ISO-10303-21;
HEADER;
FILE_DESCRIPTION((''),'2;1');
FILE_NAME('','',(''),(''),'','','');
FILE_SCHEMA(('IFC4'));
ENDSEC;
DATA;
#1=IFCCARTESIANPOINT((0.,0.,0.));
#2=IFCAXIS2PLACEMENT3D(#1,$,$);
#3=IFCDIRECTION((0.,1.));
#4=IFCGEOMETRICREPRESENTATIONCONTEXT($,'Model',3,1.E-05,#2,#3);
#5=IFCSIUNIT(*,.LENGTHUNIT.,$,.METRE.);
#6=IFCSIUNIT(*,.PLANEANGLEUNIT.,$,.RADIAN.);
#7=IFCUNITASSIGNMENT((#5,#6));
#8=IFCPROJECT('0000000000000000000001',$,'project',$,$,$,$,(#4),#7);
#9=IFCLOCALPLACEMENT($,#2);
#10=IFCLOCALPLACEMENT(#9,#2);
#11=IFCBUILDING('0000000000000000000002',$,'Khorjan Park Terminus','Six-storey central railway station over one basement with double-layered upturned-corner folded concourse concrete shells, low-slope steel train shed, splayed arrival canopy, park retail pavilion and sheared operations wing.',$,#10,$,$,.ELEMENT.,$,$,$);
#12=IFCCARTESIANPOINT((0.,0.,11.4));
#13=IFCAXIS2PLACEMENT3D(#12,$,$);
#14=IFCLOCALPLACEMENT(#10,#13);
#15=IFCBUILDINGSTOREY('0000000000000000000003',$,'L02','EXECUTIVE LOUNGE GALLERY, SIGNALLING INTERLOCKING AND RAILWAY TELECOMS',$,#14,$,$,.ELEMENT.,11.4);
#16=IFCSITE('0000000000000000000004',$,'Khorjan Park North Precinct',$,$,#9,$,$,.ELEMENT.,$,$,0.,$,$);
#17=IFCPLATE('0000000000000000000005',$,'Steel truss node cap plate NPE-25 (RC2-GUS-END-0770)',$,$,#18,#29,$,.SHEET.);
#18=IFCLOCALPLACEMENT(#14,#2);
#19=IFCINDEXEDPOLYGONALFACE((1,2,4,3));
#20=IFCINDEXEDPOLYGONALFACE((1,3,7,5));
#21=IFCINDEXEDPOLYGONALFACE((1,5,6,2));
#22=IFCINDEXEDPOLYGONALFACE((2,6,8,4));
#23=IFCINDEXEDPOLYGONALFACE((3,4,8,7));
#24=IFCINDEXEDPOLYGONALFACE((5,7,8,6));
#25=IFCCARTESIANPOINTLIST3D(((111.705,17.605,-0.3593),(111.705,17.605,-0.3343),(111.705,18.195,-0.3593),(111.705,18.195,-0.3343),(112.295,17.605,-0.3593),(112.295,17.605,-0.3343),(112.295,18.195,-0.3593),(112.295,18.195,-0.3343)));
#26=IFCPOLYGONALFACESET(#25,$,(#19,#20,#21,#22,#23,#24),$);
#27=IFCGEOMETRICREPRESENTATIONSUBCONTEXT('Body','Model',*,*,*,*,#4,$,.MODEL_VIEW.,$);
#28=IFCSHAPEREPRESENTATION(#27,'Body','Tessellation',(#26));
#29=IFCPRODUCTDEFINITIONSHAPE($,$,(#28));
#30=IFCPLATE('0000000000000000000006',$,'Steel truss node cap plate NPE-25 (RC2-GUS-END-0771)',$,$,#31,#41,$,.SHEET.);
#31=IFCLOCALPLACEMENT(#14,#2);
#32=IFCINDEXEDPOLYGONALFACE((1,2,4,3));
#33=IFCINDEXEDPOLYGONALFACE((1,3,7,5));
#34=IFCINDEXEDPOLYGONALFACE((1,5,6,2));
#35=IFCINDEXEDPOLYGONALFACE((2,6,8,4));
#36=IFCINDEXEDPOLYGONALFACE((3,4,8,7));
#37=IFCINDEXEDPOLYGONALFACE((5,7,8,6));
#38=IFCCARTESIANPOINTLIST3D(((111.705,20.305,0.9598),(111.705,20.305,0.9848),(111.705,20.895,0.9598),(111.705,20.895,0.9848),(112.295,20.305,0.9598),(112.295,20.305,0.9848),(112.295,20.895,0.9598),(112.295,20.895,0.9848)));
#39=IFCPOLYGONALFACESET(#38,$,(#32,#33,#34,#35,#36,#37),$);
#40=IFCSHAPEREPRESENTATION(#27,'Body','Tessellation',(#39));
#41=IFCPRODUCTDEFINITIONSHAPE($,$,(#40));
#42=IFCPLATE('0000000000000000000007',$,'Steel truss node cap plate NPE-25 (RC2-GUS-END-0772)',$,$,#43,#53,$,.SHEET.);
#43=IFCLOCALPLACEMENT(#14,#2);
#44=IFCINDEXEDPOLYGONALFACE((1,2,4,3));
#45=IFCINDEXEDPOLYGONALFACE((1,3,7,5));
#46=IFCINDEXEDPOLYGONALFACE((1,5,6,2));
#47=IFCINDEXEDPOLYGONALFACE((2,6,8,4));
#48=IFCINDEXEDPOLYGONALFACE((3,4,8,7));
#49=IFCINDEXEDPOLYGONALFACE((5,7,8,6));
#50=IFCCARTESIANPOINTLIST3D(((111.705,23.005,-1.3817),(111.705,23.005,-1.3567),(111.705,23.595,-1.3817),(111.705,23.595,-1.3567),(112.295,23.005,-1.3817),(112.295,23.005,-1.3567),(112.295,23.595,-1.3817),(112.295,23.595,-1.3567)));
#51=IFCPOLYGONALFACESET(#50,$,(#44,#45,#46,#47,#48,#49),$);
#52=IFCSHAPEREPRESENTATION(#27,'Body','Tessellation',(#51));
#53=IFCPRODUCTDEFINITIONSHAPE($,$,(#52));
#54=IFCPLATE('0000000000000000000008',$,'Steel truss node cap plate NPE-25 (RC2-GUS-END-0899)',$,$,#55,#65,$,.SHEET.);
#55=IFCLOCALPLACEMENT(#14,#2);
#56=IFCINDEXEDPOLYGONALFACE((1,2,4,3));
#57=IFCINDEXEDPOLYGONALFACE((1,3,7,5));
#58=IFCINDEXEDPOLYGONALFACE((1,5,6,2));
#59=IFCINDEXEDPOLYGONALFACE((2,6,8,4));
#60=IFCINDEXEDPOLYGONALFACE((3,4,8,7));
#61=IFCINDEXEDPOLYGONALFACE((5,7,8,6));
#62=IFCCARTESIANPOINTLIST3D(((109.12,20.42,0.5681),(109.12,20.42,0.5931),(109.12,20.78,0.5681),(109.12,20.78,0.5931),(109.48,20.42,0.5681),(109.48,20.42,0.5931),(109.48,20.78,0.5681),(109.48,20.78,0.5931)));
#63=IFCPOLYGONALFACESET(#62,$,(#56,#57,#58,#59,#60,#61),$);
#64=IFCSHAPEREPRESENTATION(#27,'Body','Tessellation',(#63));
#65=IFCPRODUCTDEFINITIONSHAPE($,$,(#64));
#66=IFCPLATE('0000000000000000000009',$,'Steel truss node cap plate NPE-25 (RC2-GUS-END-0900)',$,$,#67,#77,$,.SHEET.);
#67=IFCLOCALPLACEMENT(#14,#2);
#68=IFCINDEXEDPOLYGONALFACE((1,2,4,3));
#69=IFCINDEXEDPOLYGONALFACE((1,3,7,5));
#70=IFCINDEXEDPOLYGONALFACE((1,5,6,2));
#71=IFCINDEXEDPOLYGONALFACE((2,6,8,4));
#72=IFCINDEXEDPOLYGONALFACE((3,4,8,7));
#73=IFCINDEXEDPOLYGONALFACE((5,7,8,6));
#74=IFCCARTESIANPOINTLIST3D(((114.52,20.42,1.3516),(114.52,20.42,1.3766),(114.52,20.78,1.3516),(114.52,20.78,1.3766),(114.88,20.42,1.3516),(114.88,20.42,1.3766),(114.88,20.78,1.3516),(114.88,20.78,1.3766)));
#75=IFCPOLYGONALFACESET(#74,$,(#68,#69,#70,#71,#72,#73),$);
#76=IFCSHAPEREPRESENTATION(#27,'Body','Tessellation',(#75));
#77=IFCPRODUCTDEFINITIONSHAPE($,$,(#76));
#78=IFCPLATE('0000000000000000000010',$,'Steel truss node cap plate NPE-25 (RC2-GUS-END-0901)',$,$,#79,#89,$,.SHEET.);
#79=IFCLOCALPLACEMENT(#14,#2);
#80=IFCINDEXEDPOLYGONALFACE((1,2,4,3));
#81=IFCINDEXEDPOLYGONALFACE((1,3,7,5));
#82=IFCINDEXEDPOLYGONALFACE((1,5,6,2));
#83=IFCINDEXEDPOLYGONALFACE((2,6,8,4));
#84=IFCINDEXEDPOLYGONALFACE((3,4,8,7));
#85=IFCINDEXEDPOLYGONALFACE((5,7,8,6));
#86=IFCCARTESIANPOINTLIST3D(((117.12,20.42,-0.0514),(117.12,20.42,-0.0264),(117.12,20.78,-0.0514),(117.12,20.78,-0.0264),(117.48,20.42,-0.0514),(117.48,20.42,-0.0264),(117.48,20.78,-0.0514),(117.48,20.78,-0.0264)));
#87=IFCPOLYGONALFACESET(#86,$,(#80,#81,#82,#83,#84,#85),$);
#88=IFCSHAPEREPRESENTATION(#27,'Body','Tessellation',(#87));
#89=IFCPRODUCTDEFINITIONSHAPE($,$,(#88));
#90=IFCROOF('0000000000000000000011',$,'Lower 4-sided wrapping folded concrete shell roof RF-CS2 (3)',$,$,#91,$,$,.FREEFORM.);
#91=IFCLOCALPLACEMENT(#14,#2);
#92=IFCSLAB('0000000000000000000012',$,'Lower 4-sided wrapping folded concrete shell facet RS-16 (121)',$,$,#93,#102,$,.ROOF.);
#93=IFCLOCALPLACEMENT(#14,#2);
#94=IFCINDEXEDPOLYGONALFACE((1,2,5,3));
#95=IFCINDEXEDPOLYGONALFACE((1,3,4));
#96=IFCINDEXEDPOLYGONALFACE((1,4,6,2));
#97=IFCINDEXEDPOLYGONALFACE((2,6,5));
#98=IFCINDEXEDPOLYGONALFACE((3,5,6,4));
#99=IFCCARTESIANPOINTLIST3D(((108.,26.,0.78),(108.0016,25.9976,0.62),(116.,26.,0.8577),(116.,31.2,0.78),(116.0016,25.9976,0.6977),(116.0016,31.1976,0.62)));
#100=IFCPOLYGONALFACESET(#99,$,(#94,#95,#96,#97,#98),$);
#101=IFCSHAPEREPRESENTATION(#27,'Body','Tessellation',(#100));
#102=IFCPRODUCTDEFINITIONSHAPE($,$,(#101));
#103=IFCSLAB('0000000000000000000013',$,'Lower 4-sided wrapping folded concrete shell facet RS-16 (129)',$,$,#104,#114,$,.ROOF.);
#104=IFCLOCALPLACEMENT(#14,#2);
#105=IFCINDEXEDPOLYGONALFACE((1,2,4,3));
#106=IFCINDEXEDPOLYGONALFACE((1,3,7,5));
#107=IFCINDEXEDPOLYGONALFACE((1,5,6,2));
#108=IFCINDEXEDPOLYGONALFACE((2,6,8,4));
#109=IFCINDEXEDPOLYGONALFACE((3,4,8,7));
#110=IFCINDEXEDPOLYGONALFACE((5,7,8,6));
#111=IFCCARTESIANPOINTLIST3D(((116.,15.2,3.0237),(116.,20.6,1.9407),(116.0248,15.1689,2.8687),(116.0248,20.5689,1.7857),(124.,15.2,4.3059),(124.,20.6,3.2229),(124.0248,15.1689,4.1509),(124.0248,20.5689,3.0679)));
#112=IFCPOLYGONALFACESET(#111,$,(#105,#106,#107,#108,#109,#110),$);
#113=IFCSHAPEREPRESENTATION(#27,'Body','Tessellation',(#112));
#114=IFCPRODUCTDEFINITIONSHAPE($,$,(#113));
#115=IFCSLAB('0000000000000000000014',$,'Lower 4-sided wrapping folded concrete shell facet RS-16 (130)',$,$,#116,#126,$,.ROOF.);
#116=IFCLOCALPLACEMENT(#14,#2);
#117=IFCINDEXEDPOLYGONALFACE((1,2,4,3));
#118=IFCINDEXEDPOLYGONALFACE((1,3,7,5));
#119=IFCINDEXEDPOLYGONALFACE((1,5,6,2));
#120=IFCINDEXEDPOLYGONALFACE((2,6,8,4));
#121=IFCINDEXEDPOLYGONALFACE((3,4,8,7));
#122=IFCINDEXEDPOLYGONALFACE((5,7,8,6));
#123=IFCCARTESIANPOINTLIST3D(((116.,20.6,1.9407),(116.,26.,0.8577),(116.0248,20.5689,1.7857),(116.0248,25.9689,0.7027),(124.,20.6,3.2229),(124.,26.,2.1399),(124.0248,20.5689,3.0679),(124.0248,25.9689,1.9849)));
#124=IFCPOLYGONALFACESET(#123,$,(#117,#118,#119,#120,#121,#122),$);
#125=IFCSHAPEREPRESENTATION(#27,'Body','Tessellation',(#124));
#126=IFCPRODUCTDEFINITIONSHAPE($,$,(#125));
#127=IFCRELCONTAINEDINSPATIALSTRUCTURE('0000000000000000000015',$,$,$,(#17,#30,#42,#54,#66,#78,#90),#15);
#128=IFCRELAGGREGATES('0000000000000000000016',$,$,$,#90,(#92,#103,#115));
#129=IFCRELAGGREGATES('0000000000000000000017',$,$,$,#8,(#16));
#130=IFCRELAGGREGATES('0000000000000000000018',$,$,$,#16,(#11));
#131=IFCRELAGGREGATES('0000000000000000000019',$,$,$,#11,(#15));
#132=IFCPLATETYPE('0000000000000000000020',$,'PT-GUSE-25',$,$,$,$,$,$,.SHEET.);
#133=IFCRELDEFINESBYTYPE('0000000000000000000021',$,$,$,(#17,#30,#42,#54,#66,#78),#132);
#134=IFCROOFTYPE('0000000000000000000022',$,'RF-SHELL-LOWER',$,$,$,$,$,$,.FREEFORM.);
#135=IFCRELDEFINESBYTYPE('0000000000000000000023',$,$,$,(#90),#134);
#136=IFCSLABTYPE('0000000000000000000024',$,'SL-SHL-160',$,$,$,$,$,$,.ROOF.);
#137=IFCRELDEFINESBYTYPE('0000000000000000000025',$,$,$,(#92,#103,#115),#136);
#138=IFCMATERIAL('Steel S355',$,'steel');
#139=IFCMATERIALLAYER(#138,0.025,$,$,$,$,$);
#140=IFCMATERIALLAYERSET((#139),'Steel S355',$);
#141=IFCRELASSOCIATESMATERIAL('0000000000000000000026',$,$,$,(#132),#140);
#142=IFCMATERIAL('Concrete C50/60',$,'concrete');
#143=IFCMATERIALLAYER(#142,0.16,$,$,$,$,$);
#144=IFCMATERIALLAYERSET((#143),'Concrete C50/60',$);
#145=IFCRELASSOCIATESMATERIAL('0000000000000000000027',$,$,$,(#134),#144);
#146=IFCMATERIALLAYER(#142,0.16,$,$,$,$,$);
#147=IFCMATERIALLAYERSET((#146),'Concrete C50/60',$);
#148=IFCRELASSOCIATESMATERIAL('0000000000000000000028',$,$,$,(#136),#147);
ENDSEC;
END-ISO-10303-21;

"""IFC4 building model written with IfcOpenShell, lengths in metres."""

from ifc_helpers import new_model, si_unit, direction, frame, origin, origin_2d, place, context, subcontext, project, spatial, polyline, rectangle, outline, extrude, material, layer, layer_set, type_object, element, aggregate, save


model = new_model("IFC4")

# Units and contexts
model_context = context("Model", 3, precision=1e-05, world=origin(), true_north=direction((0.0, 1.0)))
body_context = subcontext(model_context, "Body", "Model", "MODEL_VIEW")
ifc_project = project(units=[si_unit("LENGTHUNIT", "METRE"), si_unit("PLANEANGLEUNIT", "RADIAN")], contexts=[model_context])

# Site, building, storey
site_placement = place(None, origin())
site = spatial("IfcSite", under=ifc_project, at=site_placement, Name="Khorjan Park North Precinct", CompositionType="ELEMENT", RefElevation=0.0)
building_placement = place(site_placement, origin())
building = spatial("IfcBuilding", under=site, at=building_placement, Name="Khorjan Park Terminus", Description="Six-storey central railway station over one basement with double-layered upturned-corner folded concourse concrete shells, low-slope steel train shed, splayed arrival canopy, park retail pavilion and sheared operations wing.", CompositionType="ELEMENT")
storey_placement = place(building_placement, frame((0.0, 0.0, 11.4)))
storey = spatial("IfcBuildingStorey", under=building, at=storey_placement, Name="L02", Description="EXECUTIVE LOUNGE GALLERY, SIGNALLING INTERLOCKING AND RAILWAY TELECOMS", CompositionType="ELEMENT", Elevation=11.4)

# Shared definitions
ifc_material_1 = material(Name="Steel S355", Category="steel")

# Plates
ifc_layer_1 = layer(ifc_material_1, 0.025)
ifc_layer_set_1 = layer_set([ifc_layer_1], Name="Steel S355")
plate_type = type_object("IfcPlateType", Name="PT-GUSE-25", PredefinedType="SHEET", material=ifc_layer_set_1)
for number, where, z_axis, x_axis, name in (
    (1, (112.0, 17.9, -0.3593), (0.0, 0.0, 1.0), (1.0, 0.0, 0.0), "Steel truss node cap plate NPE-25 (RC2-GUS-END-0770)"),
    (2, (112.0, 20.6, 0.9598), (0.0, 0.0, 1.0), (1.0, 0.0, 0.0), "Steel truss node cap plate NPE-25 (RC2-GUS-END-0771)"),
    (3, (112.0, 23.3, -1.3817), (0.0, 0.0, 1.0), (1.0, 0.0, 0.0), "Steel truss node cap plate NPE-25 (RC2-GUS-END-0772)"),
):
    element("IfcPlate", number, at=place(storey_placement, frame(where, z_axis=z_axis, x_axis=x_axis)), inside=storey, type_object=plate_type, Name=name, PredefinedType="SHEET", context=body_context, shape_type="SweptSolid", body=[
        extrude(rectangle(XDim=0.59, YDim=0.59, at=origin_2d()), origin(), (0.0, 0.0, 1.0), 0.025),
    ])
for number, where, z_axis, x_axis, name in (
    (4, (109.3, 20.6, 0.5681), (0.0, 0.0, 1.0), (1.0, 0.0, 0.0), "Steel truss node cap plate NPE-25 (RC2-GUS-END-0899)"),
    (5, (114.7, 20.6, 1.3516), (0.0, 0.0, 1.0), (1.0, 0.0, 0.0), "Steel truss node cap plate NPE-25 (RC2-GUS-END-0900)"),
    (6, (117.3, 20.6, -0.0514), (0.0, 0.0, 1.0), (1.0, 0.0, 0.0), "Steel truss node cap plate NPE-25 (RC2-GUS-END-0901)"),
):
    element("IfcPlate", number, at=place(storey_placement, frame(where, z_axis=z_axis, x_axis=x_axis)), inside=storey, type_object=plate_type, Name=name, PredefinedType="SHEET", context=body_context, shape_type="SweptSolid", body=[
        extrude(rectangle(XDim=0.36, YDim=0.36, at=origin_2d()), origin(), (0.0, 0.0, 1.0), 0.025),
    ])

# Roof, slabs
ifc_material_2 = material(Name="Concrete C50/60", Category="concrete")
ifc_layer_2 = layer(ifc_material_2, 0.16)
ifc_layer_set_2 = layer_set([ifc_layer_2], Name="Concrete C50/60")
roof_type = type_object("IfcRoofType", Name="RF-SHELL-LOWER", PredefinedType="FREEFORM", material=ifc_layer_set_2)
roof_placement = place(storey_placement, origin())
roof = element("IfcRoof", 7, at=roof_placement, inside=storey, type_object=roof_type, Name="Lower 4-sided wrapping folded concrete shell roof RF-CS2 (3)", PredefinedType="FREEFORM")
ifc_layer_3 = layer(ifc_material_2, 0.16)
ifc_layer_set_3 = layer_set([ifc_layer_3], Name="Concrete C50/60")
slab_type = type_object("IfcSlabType", Name="SL-SHL-160", PredefinedType="ROOF", material=ifc_layer_set_3)
slab_1_placement = place(storey_placement, frame((108.0, 26.0, 0.78), z_axis=(-0.009711, 0.01494, 0.999841), x_axis=(0.999953, 0.0, 0.009712)))
slab_1 = element("IfcSlab", 8, at=slab_1_placement, type_object=slab_type, Name="Lower 4-sided wrapping folded concrete shell facet RS-16 (121)", PredefinedType="ROOF", context=body_context, shape_type="SweptSolid", body=[
    extrude(outline(polyline([(0.0, 0.0), (8.0004, 0.0), (7.9996, 5.2006), (0.0, 0.0)])), origin(), (0.0, 0.0, -1.0), 0.16),
])
slab_2_placement = place(storey_placement, frame((116.0, 15.2, 3.0237), z_axis=(-0.155241, 0.194256, 0.968589), x_axis=(0.987398, 0.0, 0.158255)))
slab_2 = element("IfcSlab", 9, at=slab_2_placement, type_object=slab_type, Name="Lower 4-sided wrapping folded concrete shell facet RS-16 (129)", PredefinedType="ROOF", context=body_context, shape_type="SweptSolid", body=[
    extrude(outline(polyline([(0.0, 0.0), (8.1021, 0.0), (7.9307, 5.5049), (-0.1714, 5.5049), (0.0, 0.0)])), origin(), (0.0, 0.0, -1.0), 0.16),
])
slab_3_placement = place(storey_placement, frame((116.0, 20.6, 1.9407), z_axis=(-0.155241, 0.194256, 0.968589), x_axis=(0.987398, 0.0, 0.158255)))
slab_3 = element("IfcSlab", 10, at=slab_3_placement, type_object=slab_type, Name="Lower 4-sided wrapping folded concrete shell facet RS-16 (130)", PredefinedType="ROOF", context=body_context, shape_type="SweptSolid", body=[
    extrude(outline(polyline([(0.0, 0.0), (8.1021, 0.0), (7.9307, 5.5049), (-0.1714, 5.5049), (0.0, 0.0)])), origin(), (0.0, 0.0, -1.0), 0.16),
])
aggregate(roof, [slab_1, slab_2, slab_3])

save(model, "model.ifc")
